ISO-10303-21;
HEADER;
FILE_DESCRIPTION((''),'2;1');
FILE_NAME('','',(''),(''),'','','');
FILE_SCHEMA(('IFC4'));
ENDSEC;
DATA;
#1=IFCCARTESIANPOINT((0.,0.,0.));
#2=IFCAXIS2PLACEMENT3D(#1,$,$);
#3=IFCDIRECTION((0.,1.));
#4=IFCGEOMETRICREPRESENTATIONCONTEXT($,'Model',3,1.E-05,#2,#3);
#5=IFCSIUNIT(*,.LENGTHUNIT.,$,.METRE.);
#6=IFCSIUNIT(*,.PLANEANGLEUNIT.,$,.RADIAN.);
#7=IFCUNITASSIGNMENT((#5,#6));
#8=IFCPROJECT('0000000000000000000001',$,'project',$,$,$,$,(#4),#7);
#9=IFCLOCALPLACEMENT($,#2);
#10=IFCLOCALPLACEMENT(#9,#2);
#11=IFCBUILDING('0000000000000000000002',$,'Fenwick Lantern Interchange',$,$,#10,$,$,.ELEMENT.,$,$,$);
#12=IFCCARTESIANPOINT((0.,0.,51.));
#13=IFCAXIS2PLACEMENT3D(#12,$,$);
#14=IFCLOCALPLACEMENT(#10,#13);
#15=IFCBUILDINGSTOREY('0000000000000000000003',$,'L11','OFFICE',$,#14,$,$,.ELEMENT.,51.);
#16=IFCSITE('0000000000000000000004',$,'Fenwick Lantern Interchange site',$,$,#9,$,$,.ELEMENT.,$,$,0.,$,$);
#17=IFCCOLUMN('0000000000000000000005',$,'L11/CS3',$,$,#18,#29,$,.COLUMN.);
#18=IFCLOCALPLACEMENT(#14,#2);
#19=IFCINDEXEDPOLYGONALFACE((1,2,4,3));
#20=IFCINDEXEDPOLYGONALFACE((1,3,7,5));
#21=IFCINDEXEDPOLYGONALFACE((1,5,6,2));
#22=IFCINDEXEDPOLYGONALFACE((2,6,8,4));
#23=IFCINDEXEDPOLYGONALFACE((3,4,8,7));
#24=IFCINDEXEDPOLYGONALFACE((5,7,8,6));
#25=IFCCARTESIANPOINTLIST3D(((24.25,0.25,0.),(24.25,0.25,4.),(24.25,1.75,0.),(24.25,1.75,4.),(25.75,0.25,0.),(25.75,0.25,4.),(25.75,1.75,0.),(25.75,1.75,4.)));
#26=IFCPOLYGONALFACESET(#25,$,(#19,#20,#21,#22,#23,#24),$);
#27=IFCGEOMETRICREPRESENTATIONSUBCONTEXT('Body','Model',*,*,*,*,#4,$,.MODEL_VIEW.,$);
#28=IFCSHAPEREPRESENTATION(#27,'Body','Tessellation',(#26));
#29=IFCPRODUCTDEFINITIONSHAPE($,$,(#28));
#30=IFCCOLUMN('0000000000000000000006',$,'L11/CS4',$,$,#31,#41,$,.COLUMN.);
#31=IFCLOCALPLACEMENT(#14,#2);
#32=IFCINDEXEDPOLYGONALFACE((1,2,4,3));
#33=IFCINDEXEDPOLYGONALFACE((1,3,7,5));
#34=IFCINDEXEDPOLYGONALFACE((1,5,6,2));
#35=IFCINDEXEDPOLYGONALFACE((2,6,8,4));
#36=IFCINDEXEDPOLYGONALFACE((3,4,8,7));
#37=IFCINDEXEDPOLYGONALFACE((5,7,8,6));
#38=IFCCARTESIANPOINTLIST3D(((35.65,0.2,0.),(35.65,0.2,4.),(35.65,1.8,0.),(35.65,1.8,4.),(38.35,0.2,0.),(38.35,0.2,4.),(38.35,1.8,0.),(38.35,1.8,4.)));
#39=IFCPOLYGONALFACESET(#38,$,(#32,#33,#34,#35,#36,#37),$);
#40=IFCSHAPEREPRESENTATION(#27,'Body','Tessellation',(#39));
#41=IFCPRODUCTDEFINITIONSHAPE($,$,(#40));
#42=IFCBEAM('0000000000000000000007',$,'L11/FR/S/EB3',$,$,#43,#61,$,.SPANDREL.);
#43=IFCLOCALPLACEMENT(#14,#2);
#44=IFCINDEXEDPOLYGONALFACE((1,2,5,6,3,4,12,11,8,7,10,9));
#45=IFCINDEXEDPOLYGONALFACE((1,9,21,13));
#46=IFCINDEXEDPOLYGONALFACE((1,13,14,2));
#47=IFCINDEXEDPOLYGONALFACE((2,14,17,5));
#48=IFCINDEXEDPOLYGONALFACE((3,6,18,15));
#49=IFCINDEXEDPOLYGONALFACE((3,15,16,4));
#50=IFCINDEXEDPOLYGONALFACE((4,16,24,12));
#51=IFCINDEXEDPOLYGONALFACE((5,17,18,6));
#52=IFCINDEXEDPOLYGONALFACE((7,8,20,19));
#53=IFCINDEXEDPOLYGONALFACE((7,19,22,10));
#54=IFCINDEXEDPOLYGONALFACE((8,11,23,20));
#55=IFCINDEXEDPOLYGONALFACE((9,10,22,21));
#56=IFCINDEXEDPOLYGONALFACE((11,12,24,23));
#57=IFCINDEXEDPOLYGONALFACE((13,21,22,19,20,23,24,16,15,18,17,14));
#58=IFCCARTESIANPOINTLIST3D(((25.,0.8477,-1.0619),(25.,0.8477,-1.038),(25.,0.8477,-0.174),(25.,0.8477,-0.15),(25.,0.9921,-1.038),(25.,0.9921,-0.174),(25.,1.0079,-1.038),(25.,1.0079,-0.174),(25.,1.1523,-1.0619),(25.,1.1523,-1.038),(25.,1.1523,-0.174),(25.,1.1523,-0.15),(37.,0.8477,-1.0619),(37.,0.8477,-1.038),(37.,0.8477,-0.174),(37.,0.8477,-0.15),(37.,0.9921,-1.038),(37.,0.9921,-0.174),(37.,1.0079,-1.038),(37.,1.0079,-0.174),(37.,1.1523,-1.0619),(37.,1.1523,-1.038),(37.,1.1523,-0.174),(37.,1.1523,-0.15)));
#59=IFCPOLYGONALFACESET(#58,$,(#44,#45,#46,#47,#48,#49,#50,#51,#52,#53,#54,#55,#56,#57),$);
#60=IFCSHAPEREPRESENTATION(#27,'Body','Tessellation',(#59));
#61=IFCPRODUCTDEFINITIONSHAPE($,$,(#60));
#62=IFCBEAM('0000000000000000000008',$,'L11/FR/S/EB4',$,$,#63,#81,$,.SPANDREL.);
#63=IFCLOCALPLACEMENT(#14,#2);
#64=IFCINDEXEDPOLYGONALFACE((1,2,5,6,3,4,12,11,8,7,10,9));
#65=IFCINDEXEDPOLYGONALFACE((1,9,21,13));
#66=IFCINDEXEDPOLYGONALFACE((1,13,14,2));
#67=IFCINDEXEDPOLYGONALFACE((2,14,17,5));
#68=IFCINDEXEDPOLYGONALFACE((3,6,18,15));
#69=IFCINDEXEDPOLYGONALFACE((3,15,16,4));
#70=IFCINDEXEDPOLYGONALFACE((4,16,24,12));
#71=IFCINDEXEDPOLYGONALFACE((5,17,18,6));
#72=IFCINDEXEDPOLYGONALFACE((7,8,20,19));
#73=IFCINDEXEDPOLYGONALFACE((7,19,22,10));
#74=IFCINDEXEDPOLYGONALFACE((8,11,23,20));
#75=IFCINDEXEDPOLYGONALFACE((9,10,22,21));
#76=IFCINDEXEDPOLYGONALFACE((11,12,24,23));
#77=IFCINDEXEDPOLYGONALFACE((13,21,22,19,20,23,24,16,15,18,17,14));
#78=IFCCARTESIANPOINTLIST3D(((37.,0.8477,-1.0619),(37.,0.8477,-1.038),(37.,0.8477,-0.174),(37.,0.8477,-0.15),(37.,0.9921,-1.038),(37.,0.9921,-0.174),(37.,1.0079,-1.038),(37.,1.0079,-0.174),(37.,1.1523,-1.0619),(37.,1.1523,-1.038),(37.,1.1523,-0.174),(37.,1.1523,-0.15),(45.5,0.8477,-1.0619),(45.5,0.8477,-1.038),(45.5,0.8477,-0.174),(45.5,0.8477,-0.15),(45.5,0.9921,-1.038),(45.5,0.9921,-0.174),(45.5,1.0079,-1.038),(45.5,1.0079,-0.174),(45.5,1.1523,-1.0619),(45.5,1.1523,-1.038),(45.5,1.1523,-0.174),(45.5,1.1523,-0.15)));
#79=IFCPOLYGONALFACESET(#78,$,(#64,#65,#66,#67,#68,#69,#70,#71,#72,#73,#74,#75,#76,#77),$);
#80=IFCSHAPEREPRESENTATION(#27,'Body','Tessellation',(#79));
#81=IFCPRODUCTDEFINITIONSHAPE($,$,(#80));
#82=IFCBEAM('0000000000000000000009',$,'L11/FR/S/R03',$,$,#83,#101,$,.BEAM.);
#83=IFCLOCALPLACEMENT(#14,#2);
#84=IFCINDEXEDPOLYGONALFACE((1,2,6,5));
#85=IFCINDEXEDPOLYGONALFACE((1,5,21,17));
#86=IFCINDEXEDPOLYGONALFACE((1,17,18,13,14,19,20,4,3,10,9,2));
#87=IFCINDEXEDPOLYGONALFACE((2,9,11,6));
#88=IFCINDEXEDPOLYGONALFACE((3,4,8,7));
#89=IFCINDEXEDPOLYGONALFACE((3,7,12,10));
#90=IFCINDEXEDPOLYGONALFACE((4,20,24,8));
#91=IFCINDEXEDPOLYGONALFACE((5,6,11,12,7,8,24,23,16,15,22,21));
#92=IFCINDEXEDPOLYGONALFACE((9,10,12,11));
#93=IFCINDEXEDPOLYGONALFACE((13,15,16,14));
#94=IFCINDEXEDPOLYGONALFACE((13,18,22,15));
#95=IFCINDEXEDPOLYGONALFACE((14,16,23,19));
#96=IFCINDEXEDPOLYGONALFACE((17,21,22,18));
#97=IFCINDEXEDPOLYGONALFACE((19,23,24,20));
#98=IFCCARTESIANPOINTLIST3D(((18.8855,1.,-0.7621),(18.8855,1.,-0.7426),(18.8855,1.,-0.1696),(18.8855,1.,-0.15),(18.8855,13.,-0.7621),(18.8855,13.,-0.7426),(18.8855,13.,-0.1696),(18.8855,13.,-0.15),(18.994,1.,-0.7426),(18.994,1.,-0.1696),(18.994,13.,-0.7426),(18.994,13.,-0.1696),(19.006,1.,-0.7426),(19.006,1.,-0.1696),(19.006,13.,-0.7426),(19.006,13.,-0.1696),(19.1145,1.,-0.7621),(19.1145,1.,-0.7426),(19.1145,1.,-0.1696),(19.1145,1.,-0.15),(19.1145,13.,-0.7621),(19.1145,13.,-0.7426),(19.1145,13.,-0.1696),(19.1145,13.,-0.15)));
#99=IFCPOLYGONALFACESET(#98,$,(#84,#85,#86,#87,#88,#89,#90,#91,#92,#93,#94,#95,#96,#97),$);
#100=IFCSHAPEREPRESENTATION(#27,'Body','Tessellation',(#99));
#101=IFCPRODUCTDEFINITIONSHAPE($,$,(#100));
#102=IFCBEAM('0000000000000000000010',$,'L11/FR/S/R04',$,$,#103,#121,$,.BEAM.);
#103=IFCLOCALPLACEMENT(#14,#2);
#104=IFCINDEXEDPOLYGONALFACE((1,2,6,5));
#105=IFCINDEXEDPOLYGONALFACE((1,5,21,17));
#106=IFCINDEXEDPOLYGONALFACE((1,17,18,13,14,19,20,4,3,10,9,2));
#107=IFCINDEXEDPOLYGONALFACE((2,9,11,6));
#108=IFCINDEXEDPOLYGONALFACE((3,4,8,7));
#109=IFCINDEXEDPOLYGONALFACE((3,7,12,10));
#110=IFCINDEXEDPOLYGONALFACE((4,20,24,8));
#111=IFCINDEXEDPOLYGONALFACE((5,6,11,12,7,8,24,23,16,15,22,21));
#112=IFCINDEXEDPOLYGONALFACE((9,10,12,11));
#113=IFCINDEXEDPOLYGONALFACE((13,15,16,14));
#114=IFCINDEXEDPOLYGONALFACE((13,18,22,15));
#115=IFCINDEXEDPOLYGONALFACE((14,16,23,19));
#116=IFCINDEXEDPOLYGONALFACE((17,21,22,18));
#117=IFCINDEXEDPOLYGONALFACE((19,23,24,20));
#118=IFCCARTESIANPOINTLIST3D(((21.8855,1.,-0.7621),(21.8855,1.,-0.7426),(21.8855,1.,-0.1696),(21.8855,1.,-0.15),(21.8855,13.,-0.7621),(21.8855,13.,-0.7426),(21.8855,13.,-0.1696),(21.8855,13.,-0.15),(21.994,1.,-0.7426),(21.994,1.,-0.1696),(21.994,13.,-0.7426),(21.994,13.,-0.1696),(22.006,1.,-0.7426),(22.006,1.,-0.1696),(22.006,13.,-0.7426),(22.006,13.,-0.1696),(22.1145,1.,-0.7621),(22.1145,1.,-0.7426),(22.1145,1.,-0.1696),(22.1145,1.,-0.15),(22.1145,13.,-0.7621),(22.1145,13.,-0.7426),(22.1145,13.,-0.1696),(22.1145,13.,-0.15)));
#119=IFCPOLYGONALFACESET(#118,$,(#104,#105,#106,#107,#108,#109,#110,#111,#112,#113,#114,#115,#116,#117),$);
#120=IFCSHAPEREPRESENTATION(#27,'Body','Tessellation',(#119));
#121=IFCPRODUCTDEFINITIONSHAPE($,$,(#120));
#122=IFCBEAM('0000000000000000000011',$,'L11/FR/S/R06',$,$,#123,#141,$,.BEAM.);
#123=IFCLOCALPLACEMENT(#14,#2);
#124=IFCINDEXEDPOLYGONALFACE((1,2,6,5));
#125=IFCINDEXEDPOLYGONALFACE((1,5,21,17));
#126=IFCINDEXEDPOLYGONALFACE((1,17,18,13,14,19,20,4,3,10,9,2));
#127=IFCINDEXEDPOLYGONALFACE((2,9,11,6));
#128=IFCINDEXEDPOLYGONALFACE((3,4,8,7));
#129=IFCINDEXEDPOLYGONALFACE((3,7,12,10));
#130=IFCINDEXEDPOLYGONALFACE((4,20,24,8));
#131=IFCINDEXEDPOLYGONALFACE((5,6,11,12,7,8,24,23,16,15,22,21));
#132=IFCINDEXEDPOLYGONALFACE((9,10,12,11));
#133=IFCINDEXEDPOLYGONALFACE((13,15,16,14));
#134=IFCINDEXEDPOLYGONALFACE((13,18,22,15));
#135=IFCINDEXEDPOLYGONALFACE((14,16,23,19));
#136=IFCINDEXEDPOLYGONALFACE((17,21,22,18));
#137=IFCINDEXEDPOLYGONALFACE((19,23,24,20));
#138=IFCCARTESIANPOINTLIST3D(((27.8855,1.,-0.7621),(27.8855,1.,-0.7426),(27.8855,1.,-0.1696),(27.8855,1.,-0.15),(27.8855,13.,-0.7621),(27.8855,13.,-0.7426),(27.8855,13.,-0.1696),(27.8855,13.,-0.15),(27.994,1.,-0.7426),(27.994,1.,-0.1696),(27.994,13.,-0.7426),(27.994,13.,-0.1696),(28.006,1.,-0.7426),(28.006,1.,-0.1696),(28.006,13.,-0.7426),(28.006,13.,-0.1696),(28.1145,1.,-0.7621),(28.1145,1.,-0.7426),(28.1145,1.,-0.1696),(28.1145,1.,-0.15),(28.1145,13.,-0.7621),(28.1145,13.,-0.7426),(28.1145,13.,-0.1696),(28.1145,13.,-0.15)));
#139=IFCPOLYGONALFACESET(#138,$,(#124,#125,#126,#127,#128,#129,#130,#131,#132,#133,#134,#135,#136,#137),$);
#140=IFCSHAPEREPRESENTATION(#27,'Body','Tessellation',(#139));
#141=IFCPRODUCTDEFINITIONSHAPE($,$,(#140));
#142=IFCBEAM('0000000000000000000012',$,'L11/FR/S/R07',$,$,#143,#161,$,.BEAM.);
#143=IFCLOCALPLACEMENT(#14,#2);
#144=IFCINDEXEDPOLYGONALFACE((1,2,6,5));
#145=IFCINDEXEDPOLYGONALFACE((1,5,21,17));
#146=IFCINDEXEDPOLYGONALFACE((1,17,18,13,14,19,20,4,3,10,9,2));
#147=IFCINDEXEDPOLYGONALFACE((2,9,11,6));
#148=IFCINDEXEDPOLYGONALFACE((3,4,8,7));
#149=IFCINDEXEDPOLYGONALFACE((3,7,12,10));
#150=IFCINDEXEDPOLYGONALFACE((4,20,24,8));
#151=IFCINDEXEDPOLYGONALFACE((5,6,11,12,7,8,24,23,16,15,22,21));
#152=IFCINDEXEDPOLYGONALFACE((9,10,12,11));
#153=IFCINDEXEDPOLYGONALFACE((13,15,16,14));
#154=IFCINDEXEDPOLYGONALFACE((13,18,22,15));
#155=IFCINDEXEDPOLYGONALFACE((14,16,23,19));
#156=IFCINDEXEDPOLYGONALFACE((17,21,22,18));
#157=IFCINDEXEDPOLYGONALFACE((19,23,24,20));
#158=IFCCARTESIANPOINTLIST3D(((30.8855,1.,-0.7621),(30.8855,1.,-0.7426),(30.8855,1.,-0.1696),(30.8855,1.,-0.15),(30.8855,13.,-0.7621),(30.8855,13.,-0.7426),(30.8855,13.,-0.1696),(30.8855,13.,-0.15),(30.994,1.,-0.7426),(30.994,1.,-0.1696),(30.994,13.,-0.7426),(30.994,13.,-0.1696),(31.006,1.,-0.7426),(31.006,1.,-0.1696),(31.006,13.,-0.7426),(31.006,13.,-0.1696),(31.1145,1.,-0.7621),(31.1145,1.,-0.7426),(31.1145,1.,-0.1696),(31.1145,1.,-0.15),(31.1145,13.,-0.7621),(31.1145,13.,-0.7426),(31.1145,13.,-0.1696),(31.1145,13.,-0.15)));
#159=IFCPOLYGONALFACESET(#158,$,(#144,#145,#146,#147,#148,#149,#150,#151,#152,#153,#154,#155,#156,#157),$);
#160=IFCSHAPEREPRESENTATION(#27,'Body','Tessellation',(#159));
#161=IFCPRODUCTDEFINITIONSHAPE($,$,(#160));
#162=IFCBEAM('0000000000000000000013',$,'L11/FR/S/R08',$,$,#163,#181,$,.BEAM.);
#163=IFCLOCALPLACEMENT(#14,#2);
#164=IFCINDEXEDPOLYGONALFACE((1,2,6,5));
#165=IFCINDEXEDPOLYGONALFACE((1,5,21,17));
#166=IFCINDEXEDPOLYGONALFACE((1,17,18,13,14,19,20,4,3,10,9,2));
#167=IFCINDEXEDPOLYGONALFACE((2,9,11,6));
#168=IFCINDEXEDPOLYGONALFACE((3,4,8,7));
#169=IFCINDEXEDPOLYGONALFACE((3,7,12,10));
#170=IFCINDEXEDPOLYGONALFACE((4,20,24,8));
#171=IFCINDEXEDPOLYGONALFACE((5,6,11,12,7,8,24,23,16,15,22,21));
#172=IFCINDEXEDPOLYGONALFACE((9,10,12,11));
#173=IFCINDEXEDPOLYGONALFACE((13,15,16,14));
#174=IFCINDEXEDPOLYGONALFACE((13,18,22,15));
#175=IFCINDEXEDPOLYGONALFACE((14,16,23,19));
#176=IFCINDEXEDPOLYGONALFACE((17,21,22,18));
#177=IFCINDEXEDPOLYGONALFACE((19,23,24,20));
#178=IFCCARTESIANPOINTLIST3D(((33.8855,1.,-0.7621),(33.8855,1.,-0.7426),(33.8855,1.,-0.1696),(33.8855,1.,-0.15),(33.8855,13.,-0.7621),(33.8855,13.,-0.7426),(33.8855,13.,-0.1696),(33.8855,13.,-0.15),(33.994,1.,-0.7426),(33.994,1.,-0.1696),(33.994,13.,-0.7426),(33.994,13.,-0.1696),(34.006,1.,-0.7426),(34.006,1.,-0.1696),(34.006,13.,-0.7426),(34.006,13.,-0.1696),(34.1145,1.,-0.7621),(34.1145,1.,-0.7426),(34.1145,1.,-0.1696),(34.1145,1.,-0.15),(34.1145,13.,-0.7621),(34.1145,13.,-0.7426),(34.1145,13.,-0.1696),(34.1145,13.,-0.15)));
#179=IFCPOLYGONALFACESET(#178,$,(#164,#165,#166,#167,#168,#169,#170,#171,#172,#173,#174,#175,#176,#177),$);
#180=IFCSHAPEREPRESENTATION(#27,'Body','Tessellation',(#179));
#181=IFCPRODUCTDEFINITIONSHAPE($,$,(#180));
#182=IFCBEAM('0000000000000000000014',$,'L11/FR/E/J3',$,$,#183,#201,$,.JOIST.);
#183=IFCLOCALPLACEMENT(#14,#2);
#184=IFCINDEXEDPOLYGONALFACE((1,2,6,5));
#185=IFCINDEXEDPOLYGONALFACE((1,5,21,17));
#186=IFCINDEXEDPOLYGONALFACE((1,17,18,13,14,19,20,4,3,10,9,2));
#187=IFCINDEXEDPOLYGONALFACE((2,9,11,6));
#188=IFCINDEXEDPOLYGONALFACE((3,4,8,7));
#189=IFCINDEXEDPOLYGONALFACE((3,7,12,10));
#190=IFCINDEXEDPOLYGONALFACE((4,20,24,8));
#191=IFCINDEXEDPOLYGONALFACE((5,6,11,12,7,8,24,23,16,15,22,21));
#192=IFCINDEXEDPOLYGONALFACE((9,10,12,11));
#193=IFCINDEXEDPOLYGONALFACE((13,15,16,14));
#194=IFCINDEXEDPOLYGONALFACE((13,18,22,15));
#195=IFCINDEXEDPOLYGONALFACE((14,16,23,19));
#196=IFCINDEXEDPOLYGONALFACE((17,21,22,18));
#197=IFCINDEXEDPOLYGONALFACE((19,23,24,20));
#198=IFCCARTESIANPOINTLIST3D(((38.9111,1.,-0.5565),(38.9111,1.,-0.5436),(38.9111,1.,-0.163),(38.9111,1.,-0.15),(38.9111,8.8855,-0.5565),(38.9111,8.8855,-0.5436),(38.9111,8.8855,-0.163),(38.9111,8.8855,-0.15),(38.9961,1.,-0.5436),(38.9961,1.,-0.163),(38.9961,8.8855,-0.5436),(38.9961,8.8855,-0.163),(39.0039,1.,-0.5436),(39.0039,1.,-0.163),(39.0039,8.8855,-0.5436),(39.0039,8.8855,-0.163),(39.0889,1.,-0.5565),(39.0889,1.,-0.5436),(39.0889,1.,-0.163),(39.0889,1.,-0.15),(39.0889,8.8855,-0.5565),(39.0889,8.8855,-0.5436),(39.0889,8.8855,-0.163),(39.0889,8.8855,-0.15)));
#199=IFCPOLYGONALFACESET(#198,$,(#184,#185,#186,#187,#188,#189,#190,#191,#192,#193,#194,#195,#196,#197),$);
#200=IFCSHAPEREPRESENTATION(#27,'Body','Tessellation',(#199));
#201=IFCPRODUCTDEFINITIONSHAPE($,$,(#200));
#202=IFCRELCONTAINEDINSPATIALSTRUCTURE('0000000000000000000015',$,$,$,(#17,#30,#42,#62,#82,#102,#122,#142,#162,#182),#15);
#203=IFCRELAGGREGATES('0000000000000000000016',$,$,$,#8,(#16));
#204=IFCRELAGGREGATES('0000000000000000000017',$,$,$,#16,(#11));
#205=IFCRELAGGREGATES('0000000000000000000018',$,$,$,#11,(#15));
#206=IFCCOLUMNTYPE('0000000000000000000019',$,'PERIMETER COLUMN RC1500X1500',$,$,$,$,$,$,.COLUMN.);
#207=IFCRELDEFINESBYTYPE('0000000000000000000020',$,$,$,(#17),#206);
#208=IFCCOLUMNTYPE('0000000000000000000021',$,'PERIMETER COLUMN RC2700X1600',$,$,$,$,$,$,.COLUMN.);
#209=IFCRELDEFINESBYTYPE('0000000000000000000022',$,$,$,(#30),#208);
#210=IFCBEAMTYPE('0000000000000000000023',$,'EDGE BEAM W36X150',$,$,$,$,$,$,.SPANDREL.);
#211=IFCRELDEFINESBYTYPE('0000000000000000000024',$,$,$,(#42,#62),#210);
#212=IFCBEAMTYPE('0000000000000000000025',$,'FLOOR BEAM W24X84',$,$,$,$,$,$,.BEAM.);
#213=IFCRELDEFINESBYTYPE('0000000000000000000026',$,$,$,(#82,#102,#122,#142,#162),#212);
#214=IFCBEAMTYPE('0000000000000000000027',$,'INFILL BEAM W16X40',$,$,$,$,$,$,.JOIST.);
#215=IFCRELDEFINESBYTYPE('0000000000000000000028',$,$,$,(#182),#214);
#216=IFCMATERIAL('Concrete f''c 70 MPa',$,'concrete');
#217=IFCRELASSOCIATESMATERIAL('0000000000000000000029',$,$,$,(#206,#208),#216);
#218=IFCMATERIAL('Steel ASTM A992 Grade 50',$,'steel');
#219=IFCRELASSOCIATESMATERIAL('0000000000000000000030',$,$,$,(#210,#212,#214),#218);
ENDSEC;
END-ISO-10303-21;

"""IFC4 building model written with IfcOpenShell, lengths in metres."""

from ifc_helpers import new_model, si_unit, direction, frame, origin, origin_2d, place, context, subcontext, project, spatial, rectangle, i_section, extrude, material, material_profile, profile_set, type_object, element, save


model = new_model("IFC4")

# Units and contexts
model_context = context("Model", 3, precision=1e-05, world=origin(), true_north=direction((0.0, 1.0)))
body_context = subcontext(model_context, "Body", "Model", "MODEL_VIEW")
ifc_project = project(units=[si_unit("LENGTHUNIT", "METRE"), si_unit("PLANEANGLEUNIT", "RADIAN")], contexts=[model_context])

# Site, building, storey
site_placement = place(None, origin())
site = spatial("IfcSite", under=ifc_project, at=site_placement, Name="Fenwick Lantern Interchange site", CompositionType="ELEMENT", RefElevation=0.0)
building_placement = place(site_placement, origin())
building = spatial("IfcBuilding", under=site, at=building_placement, Name="Fenwick Lantern Interchange", CompositionType="ELEMENT")
storey_placement = place(building_placement, frame((0.0, 0.0, 51.0)))
storey = spatial("IfcBuildingStorey", under=building, at=storey_placement, Name="L11", Description="OFFICE", CompositionType="ELEMENT", Elevation=51.0)

# Columns
ifc_material_1 = material(Name="Concrete f'c 70 MPa", Category="concrete")
ifc_material_profile_1 = material_profile(ifc_material_1, rectangle(XDim=1.5, YDim=1.5, at=origin_2d()), Name="RC1500X1500")
ifc_profile_set_1 = profile_set([ifc_material_profile_1], Name="Concrete f'c 70 MPa")
column_type_1 = type_object("IfcColumnType", Name="PERIMETER COLUMN RC1500X1500", PredefinedType="COLUMN", material=ifc_profile_set_1)
column_1_placement = place(storey_placement, frame((25.0, 1.0, 0.0), z_axis=(0.0, 0.0, 1.0), x_axis=(1.0, 0.0, 0.0)))
element("IfcColumn", 1, at=column_1_placement, inside=storey, type_object=column_type_1, Name="L11/CS3", PredefinedType="COLUMN", context=body_context, shape_type="SweptSolid", body=[
    extrude(rectangle(XDim=1.5, YDim=1.5, at=origin_2d()), origin(), (0.0, 0.0, 1.0), 4.0),
])
ifc_material_profile_2 = material_profile(ifc_material_1, rectangle(XDim=2.7, YDim=1.6001, at=origin_2d()), Name="RC2700X1600")
ifc_profile_set_2 = profile_set([ifc_material_profile_2], Name="Concrete f'c 70 MPa")
column_type_2 = type_object("IfcColumnType", Name="PERIMETER COLUMN RC2700X1600", PredefinedType="COLUMN", material=ifc_profile_set_2)
column_2_placement = place(storey_placement, frame((37.0, 1.0, 0.0), z_axis=(0.0, 0.0, 1.0), x_axis=(1.0, 0.0, 0.0)))
element("IfcColumn", 2, at=column_2_placement, inside=storey, type_object=column_type_2, Name="L11/CS4", PredefinedType="COLUMN", context=body_context, shape_type="SweptSolid", body=[
    extrude(rectangle(XDim=2.7, YDim=1.6001, at=origin_2d()), origin(), (0.0, 0.0, 1.0), 4.0),
])

# Beams
ifc_material_2 = material(Name="Steel ASTM A992 Grade 50", Category="steel")
ifc_material_profile_3 = material_profile(ifc_material_2, i_section(OverallWidth=0.3047, OverallDepth=0.9119, WebThickness=0.0159, FlangeThickness=0.0239, at=origin_2d()), Name="W36X150")
ifc_profile_set_3 = profile_set([ifc_material_profile_3], Name="Steel ASTM A992 Grade 50")
beam_type_1 = type_object("IfcBeamType", Name="EDGE BEAM W36X150", PredefinedType="SPANDREL", material=ifc_profile_set_3)
beam_1_placement = place(storey_placement, frame((25.0, 1.0, -0.606), z_axis=(1.0, 0.0, 0.0), x_axis=(0.0, 1.0, 0.0)))
element("IfcBeam", 3, at=beam_1_placement, inside=storey, type_object=beam_type_1, Name="L11/FR/S/EB3", PredefinedType="SPANDREL", context=body_context, shape_type="SweptSolid", body=[
    extrude(i_section(OverallWidth=0.3047, OverallDepth=0.9119, WebThickness=0.0159, FlangeThickness=0.0239, at=origin_2d()), origin(), (0.0, 0.0, 1.0), 12.0),
])
beam_2_placement = place(storey_placement, frame((37.0, 1.0, -0.606), z_axis=(1.0, 0.0, 0.0), x_axis=(0.0, 1.0, 0.0)))
element("IfcBeam", 4, at=beam_2_placement, inside=storey, type_object=beam_type_1, Name="L11/FR/S/EB4", PredefinedType="SPANDREL", context=body_context, shape_type="SweptSolid", body=[
    extrude(i_section(OverallWidth=0.3047, OverallDepth=0.9119, WebThickness=0.0159, FlangeThickness=0.0239, at=origin_2d()), origin(), (0.0, 0.0, 1.0), 8.5),
])
ifc_material_profile_4 = material_profile(ifc_material_2, i_section(OverallWidth=0.229, OverallDepth=0.6121, WebThickness=0.012, FlangeThickness=0.0195, at=origin_2d()), Name="W24X84")
ifc_profile_set_4 = profile_set([ifc_material_profile_4], Name="Steel ASTM A992 Grade 50")
beam_type_2 = type_object("IfcBeamType", Name="FLOOR BEAM W24X84", PredefinedType="BEAM", material=ifc_profile_set_4)
for number, where, z_axis, x_axis, name in (
    (5, (19.0, 1.0, -0.4561), (0.0, 1.0, 0.0), (-1.0, 0.0, 0.0), "L11/FR/S/R03"),
    (6, (22.0, 1.0, -0.4561), (0.0, 1.0, 0.0), (-1.0, 0.0, 0.0), "L11/FR/S/R04"),
    (7, (28.0, 1.0, -0.4561), (0.0, 1.0, 0.0), (-1.0, 0.0, 0.0), "L11/FR/S/R06"),
    (8, (31.0, 1.0, -0.4561), (0.0, 1.0, 0.0), (-1.0, 0.0, 0.0), "L11/FR/S/R07"),
    (9, (34.0, 1.0, -0.4561), (0.0, 1.0, 0.0), (-1.0, 0.0, 0.0), "L11/FR/S/R08"),
):
    element("IfcBeam", number, at=place(storey_placement, frame(where, z_axis=z_axis, x_axis=x_axis)), inside=storey, type_object=beam_type_2, Name=name, PredefinedType="BEAM", context=body_context, shape_type="SweptSolid", body=[
        extrude(i_section(OverallWidth=0.229, OverallDepth=0.6121, WebThickness=0.012, FlangeThickness=0.0195, at=origin_2d()), origin(), (0.0, 0.0, 1.0), 12.0),
    ])
ifc_material_profile_5 = material_profile(ifc_material_2, i_section(OverallWidth=0.1777, OverallDepth=0.4065, WebThickness=0.0078, FlangeThickness=0.0129, at=origin_2d()), Name="W16X40")
ifc_profile_set_5 = profile_set([ifc_material_profile_5], Name="Steel ASTM A992 Grade 50")
beam_type_3 = type_object("IfcBeamType", Name="INFILL BEAM W16X40", PredefinedType="JOIST", material=ifc_profile_set_5)
beam_3_placement = place(storey_placement, frame((39.0, 1.0, -0.3533), z_axis=(0.0, 1.0, 0.0), x_axis=(-1.0, 0.0, 0.0)))
element("IfcBeam", 10, at=beam_3_placement, inside=storey, type_object=beam_type_3, Name="L11/FR/E/J3", PredefinedType="JOIST", context=body_context, shape_type="SweptSolid", body=[
    extrude(i_section(OverallWidth=0.1777, OverallDepth=0.4065, WebThickness=0.0078, FlangeThickness=0.0129, at=origin_2d()), origin(), (0.0, 0.0, 1.0), 7.8855),
])

save(model, "model.ifc")
